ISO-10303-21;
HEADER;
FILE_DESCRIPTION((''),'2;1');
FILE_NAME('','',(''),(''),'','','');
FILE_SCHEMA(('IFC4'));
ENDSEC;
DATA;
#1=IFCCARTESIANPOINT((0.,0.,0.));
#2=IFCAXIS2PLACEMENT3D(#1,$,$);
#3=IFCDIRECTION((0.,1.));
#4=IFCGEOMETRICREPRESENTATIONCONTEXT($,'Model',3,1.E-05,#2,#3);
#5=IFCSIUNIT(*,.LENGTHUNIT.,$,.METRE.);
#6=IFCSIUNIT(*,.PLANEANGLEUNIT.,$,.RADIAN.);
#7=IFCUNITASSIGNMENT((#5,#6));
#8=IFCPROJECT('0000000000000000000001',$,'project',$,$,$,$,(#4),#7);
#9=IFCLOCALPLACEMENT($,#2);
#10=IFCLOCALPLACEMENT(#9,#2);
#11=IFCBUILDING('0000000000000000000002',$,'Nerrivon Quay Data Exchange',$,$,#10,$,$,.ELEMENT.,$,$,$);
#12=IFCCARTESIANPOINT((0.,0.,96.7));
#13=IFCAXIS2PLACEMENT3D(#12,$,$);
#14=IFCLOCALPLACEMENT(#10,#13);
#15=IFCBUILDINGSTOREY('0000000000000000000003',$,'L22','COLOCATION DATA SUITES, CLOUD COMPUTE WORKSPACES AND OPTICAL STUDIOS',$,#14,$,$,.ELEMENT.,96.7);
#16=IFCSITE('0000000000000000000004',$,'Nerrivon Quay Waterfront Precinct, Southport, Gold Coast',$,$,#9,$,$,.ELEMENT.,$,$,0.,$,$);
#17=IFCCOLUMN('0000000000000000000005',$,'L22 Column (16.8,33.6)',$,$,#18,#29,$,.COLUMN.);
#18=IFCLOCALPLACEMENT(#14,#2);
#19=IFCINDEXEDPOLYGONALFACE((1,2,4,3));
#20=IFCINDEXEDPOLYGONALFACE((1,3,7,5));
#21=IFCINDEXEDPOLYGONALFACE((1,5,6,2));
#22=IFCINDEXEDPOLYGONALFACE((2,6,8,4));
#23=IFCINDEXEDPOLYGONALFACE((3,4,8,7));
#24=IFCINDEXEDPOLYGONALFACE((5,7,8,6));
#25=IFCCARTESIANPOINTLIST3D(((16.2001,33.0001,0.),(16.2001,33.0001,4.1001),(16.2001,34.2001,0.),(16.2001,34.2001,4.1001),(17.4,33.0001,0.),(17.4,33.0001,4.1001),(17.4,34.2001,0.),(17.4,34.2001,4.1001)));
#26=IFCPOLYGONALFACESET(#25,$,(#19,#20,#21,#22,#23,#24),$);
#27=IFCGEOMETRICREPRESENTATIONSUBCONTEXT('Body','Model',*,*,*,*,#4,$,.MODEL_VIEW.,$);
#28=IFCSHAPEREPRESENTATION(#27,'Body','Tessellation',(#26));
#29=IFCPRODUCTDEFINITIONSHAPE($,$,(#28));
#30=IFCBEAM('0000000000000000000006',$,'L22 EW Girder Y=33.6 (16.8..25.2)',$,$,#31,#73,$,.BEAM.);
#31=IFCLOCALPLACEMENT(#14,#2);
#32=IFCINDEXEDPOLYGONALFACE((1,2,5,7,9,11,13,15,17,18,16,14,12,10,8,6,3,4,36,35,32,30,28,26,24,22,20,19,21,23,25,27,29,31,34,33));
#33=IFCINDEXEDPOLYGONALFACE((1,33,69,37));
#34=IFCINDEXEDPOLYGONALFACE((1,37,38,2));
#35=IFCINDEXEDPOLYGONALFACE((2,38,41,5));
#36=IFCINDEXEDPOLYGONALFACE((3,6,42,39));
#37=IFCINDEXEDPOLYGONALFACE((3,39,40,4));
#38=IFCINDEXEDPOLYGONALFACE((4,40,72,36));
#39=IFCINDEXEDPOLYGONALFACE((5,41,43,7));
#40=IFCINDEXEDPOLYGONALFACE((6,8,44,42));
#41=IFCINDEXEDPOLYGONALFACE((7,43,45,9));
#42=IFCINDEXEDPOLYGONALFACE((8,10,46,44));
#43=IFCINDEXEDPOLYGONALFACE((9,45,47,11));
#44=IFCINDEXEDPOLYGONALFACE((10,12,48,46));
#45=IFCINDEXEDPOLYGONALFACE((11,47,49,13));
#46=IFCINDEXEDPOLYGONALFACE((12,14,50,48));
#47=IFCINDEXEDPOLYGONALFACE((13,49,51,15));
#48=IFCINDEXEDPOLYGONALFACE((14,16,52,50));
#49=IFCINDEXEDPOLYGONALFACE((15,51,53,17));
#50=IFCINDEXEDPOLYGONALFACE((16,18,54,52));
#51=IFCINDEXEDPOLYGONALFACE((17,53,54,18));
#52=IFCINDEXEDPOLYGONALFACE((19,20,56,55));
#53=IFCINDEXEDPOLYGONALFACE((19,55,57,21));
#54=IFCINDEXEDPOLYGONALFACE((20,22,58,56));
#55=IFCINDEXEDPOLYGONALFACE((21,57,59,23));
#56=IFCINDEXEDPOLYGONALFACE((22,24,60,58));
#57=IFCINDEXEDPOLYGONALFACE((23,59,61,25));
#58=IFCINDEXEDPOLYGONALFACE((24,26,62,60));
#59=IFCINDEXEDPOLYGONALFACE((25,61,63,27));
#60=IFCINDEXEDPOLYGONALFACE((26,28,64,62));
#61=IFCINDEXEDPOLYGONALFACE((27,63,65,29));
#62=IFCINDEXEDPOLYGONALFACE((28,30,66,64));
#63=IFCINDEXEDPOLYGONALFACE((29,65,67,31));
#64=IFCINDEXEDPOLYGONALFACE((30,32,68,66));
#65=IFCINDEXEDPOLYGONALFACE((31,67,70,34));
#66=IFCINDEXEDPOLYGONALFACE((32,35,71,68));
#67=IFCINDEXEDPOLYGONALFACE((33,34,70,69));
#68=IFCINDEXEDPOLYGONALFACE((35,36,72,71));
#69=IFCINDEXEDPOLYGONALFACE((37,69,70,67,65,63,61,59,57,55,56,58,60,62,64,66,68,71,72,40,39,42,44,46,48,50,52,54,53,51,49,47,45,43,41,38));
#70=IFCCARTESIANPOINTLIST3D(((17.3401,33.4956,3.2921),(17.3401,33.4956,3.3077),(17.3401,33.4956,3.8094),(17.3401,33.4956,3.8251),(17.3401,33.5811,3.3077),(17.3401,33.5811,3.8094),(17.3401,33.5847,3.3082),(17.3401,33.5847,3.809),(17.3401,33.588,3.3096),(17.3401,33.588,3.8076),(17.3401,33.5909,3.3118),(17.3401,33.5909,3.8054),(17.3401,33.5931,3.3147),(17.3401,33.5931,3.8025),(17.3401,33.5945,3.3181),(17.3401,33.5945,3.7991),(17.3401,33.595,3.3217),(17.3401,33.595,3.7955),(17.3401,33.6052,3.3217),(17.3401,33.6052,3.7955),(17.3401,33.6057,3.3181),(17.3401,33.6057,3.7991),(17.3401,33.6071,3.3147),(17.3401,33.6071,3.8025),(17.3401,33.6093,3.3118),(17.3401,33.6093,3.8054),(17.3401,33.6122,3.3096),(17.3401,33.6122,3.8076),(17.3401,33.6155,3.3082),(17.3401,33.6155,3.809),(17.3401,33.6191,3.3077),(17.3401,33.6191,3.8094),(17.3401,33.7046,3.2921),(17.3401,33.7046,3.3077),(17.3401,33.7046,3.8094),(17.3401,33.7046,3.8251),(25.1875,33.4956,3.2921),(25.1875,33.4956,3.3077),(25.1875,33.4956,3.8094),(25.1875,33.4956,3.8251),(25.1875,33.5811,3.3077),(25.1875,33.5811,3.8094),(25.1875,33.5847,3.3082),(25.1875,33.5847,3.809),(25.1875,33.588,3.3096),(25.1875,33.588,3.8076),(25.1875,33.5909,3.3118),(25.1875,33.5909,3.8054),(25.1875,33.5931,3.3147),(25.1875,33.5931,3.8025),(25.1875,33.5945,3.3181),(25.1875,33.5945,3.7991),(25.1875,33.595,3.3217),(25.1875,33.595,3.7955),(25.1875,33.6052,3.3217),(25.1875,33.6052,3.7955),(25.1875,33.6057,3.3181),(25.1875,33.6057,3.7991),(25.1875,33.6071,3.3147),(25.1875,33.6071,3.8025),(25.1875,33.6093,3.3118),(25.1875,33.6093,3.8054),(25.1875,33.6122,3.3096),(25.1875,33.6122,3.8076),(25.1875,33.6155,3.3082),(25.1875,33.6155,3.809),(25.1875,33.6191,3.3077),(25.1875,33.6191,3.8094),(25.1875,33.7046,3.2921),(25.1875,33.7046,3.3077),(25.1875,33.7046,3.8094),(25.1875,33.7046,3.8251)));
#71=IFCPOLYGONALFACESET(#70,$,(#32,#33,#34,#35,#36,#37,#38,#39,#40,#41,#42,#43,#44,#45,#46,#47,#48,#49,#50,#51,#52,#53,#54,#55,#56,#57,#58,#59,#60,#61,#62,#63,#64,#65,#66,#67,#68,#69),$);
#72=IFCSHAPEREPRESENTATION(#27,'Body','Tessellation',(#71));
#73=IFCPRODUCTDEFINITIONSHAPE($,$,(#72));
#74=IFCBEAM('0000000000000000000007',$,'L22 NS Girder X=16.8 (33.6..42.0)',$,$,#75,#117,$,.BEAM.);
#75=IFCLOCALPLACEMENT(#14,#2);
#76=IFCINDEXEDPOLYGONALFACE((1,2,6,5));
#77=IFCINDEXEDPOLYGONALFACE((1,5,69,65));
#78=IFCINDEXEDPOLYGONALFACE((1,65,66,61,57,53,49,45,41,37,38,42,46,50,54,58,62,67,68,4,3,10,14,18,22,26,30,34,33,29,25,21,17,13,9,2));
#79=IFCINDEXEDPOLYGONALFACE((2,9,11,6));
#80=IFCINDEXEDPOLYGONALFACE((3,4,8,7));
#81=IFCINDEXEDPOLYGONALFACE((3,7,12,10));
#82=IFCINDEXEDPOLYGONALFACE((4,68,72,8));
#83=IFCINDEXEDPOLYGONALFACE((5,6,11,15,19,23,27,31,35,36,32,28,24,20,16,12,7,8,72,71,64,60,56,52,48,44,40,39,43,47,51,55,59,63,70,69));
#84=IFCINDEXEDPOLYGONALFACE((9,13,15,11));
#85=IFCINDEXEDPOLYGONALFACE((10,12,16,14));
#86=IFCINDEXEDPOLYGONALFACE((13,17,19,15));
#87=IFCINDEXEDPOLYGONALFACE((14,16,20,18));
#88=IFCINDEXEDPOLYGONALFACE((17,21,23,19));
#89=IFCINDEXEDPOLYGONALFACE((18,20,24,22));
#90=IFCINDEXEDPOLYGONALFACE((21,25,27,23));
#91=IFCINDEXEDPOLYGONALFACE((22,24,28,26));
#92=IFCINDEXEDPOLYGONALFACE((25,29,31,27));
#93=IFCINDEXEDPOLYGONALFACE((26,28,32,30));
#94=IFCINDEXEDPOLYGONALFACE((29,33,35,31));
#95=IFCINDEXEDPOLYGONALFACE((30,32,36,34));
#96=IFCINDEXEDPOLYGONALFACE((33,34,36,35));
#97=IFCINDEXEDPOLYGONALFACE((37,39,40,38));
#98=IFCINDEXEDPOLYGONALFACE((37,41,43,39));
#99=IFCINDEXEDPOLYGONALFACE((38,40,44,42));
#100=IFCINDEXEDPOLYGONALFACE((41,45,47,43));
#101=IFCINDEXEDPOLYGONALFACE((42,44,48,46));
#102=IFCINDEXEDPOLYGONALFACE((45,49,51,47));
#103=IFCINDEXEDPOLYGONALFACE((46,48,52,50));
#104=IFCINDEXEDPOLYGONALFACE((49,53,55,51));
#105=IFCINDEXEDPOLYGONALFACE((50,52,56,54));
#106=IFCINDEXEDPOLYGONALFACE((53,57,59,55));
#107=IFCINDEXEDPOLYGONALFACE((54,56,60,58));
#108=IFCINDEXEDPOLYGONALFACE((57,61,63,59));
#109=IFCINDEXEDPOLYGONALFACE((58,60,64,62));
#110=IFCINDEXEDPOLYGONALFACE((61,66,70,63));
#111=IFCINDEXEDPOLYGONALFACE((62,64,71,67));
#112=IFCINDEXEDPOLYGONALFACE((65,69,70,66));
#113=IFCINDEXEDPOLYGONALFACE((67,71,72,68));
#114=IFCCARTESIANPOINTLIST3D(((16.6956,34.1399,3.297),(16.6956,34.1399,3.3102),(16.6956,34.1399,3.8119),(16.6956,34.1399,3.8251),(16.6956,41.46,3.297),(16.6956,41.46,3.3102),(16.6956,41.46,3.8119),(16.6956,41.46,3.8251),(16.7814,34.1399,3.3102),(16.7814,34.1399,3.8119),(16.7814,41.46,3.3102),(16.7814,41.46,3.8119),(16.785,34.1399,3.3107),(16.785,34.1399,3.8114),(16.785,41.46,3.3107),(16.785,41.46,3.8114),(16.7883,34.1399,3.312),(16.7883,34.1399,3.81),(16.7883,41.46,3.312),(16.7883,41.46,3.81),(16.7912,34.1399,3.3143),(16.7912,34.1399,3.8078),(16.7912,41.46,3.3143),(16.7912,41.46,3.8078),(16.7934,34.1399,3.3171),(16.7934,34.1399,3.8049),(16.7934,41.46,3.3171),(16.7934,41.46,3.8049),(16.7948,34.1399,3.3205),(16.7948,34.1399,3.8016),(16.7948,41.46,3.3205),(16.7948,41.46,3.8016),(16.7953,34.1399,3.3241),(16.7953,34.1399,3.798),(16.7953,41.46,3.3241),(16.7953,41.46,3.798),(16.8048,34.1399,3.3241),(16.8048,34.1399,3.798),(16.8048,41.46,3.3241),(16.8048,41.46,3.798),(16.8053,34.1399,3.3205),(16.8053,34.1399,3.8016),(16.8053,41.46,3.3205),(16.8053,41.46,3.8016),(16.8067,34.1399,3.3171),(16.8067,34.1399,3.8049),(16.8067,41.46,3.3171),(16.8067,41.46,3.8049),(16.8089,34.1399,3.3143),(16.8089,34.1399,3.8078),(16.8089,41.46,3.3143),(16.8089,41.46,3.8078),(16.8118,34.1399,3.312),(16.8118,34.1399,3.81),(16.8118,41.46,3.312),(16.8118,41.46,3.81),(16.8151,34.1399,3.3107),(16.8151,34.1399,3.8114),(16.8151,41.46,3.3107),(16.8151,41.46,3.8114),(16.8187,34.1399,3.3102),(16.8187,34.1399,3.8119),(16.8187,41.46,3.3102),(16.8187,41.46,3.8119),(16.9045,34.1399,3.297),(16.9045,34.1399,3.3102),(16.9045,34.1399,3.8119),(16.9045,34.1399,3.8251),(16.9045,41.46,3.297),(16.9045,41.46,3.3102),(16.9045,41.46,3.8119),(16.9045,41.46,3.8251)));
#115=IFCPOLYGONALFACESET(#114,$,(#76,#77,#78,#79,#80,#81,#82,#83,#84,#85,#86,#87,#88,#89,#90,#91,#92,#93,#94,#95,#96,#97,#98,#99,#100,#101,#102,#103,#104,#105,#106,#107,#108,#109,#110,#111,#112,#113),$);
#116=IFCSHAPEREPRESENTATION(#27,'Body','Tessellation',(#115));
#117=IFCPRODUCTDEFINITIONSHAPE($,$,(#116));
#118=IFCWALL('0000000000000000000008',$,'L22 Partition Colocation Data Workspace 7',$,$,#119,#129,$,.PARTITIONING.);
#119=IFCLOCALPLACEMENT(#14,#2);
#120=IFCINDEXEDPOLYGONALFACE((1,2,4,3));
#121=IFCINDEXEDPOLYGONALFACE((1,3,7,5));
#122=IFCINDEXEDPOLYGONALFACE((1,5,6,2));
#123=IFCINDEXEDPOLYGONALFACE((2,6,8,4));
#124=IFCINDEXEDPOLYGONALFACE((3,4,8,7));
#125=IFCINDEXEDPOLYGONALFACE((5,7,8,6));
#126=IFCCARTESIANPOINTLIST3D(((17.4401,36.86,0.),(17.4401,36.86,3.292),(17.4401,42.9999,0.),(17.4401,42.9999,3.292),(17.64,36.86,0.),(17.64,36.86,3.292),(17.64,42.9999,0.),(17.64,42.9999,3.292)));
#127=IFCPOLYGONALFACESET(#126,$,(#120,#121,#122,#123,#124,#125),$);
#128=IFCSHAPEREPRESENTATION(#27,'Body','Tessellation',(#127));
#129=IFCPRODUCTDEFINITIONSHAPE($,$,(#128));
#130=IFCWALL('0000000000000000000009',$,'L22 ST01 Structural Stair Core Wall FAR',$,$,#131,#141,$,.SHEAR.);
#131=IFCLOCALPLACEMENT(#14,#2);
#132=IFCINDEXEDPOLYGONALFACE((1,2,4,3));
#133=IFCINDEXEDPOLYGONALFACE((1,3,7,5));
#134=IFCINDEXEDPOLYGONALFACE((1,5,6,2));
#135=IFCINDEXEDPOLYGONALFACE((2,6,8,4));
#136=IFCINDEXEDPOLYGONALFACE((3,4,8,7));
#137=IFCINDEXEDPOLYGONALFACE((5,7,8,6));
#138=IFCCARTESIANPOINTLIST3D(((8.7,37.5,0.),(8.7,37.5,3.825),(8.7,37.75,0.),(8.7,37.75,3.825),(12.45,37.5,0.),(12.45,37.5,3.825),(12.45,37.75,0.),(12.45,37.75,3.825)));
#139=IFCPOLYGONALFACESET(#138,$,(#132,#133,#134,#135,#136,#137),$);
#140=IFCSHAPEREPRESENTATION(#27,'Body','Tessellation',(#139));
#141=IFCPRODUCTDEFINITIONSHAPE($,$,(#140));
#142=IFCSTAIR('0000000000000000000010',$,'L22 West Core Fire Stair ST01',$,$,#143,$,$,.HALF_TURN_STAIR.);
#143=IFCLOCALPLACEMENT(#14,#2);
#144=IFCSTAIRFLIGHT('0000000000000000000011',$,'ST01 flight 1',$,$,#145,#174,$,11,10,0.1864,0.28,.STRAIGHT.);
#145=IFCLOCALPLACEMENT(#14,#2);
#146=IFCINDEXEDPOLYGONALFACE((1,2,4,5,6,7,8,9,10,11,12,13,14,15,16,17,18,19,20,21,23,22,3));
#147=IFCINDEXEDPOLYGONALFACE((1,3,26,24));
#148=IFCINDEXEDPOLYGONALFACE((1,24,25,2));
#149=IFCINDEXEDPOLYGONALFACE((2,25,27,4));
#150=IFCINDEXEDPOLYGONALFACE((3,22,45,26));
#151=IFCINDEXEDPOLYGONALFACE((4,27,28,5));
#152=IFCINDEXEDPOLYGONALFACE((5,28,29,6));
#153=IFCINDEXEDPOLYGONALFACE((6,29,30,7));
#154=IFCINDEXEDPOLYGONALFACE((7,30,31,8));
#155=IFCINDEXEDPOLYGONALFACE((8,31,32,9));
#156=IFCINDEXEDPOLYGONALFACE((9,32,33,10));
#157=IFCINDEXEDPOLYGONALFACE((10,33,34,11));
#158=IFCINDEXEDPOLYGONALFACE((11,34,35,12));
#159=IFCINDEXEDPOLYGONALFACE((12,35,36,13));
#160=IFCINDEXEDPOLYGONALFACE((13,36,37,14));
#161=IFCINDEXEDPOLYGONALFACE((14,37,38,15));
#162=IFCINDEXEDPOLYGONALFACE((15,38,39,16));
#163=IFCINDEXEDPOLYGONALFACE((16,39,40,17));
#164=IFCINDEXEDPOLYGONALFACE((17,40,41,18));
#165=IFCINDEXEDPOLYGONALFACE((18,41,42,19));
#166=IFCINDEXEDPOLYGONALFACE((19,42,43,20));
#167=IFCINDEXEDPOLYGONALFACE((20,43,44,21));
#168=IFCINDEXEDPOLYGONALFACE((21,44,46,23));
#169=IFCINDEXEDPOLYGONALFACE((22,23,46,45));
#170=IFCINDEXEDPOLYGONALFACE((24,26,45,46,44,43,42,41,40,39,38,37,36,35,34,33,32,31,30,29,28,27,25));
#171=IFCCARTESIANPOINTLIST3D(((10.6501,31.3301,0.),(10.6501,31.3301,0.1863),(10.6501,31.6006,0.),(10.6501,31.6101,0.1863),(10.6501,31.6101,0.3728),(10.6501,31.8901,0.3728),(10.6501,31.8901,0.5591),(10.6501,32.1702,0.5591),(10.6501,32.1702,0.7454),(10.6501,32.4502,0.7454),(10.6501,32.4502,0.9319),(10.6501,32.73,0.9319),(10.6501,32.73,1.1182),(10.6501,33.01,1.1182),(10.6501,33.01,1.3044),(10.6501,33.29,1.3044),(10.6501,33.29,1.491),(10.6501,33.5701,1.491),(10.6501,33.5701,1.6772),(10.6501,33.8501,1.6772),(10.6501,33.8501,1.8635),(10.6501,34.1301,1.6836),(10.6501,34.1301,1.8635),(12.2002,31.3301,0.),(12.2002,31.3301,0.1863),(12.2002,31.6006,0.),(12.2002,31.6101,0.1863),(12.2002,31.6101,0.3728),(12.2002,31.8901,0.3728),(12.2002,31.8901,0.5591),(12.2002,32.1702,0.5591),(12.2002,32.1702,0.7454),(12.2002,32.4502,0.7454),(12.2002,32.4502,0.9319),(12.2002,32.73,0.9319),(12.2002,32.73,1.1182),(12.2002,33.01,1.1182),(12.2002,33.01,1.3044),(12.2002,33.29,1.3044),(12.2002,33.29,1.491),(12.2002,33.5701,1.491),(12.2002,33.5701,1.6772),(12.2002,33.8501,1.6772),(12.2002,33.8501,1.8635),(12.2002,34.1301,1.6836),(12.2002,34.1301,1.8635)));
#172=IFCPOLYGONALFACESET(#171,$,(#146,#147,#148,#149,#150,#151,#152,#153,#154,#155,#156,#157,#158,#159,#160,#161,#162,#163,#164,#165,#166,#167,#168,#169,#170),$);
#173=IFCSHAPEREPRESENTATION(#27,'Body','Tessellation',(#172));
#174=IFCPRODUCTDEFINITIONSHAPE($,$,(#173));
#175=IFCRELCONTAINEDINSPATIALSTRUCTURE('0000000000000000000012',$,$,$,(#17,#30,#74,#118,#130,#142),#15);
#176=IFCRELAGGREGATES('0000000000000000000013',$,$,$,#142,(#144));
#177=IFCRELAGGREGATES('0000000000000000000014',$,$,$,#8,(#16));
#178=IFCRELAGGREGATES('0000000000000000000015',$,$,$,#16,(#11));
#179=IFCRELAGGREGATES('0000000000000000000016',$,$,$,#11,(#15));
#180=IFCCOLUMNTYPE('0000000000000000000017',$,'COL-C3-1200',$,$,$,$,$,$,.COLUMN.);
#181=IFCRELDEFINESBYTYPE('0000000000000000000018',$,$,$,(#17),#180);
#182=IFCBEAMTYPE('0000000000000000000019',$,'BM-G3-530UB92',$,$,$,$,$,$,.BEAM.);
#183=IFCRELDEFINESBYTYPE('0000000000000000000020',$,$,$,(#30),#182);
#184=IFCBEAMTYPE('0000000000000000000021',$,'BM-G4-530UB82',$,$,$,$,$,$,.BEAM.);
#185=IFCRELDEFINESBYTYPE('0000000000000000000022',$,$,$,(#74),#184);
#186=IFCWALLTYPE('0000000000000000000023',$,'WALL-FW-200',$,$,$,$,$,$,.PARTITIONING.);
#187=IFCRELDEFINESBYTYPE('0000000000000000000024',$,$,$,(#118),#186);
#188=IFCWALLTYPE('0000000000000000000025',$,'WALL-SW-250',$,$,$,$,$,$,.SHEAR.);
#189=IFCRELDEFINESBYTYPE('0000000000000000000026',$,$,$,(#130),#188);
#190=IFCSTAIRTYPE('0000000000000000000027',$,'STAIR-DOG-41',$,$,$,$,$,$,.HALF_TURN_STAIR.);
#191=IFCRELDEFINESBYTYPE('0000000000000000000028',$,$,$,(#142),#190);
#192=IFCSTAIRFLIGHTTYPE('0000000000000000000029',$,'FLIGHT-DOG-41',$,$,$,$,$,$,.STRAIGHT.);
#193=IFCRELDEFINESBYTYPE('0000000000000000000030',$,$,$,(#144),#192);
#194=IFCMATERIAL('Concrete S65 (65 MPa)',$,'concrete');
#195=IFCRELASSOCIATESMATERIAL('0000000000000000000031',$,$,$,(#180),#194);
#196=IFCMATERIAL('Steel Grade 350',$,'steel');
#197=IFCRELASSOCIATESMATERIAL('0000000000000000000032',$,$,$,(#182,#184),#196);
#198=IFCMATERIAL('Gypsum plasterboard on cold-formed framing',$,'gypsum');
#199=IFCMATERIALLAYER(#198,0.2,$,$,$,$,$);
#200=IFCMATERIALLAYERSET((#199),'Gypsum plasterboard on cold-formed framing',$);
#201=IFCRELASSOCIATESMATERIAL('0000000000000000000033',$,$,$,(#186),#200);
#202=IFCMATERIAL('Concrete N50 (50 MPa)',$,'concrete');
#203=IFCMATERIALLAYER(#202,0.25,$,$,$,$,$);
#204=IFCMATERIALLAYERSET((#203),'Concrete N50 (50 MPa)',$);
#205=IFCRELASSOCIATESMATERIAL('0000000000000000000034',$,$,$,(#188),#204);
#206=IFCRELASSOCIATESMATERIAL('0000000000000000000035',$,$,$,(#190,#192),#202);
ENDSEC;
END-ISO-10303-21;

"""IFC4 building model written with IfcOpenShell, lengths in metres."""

from ifc_helpers import new_model, si_unit, direction, frame, frame_2d, origin, origin_2d, place, context, subcontext, project, spatial, polyline, rectangle, i_section, outline, extrude, material, layer, layer_set, material_profile, profile_set, type_object, element, aggregate, save


model = new_model("IFC4")

# Units and contexts
model_context = context("Model", 3, precision=1e-05, world=origin(), true_north=direction((0.0, 1.0)))
body_context = subcontext(model_context, "Body", "Model", "MODEL_VIEW")
ifc_project = project(units=[si_unit("LENGTHUNIT", "METRE"), si_unit("PLANEANGLEUNIT", "RADIAN")], contexts=[model_context])

# Site, building, storey
site_placement = place(None, origin())
site = spatial("IfcSite", under=ifc_project, at=site_placement, Name="Nerrivon Quay Waterfront Precinct, Southport, Gold Coast", CompositionType="ELEMENT", RefElevation=0.0)
building_placement = place(site_placement, origin())
building = spatial("IfcBuilding", under=site, at=building_placement, Name="Nerrivon Quay Data Exchange", CompositionType="ELEMENT")
storey_placement = place(building_placement, frame((0.0, 0.0, 96.7)))
storey = spatial("IfcBuildingStorey", under=building, at=storey_placement, Name="L22", Description="COLOCATION DATA SUITES, CLOUD COMPUTE WORKSPACES AND OPTICAL STUDIOS", CompositionType="ELEMENT", Elevation=96.7)

# Column
ifc_material_1 = material(Name="Concrete S65 (65 MPa)", Category="concrete")
ifc_material_profile_1 = material_profile(ifc_material_1, rectangle(XDim=1.2, YDim=1.2, at=origin_2d()), Name="RC-COL-1200x1200")
ifc_profile_set_1 = profile_set([ifc_material_profile_1], Name="Concrete S65 (65 MPa)")
column_type = type_object("IfcColumnType", Name="COL-C3-1200", PredefinedType="COLUMN", material=ifc_profile_set_1)
column_placement = place(storey_placement, frame((16.8, 33.6001, 0.0), z_axis=(0.0, 0.0, 1.0), x_axis=(1.0, 0.0, 0.0)))
element("IfcColumn", 1, at=column_placement, inside=storey, type_object=column_type, Name="L22 Column (16.8,33.6)", PredefinedType="COLUMN", context=body_context, shape_type="SweptSolid", body=[
    extrude(rectangle(XDim=1.2, YDim=1.2, at=origin_2d()), origin(), (0.0, 0.0, 1.0), 4.1001),
])

# Beams
ifc_material_2 = material(Name="Steel Grade 350", Category="steel")
ifc_material_profile_2 = material_profile(ifc_material_2, i_section(OverallWidth=0.209, OverallDepth=0.533, WebThickness=0.0103, FlangeThickness=0.0156, FilletRadius=0.0139, at=origin_2d()), Name="530UB92.4")
ifc_profile_set_2 = profile_set([ifc_material_profile_2], Name="Steel Grade 350")
beam_type_1 = type_object("IfcBeamType", Name="BM-G3-530UB92", PredefinedType="BEAM", material=ifc_profile_set_2)
beam_1_placement = place(storey_placement, frame((17.3401, 33.6001, 3.5586), z_axis=(1.0, 0.0, 0.0), x_axis=(0.0, 1.0, 0.0)))
element("IfcBeam", 2, at=beam_1_placement, inside=storey, type_object=beam_type_1, Name="L22 EW Girder Y=33.6 (16.8..25.2)", PredefinedType="BEAM", context=body_context, shape_type="SweptSolid", body=[
    extrude(i_section(OverallWidth=0.209, OverallDepth=0.533, WebThickness=0.0103, FlangeThickness=0.0156, FilletRadius=0.0139, at=origin_2d()), origin(), (0.0, 0.0, 1.0), 7.8474),
])
ifc_material_profile_3 = material_profile(ifc_material_2, i_section(OverallWidth=0.209, OverallDepth=0.5281, WebThickness=0.0095, FlangeThickness=0.0132, FilletRadius=0.0139, at=origin_2d()), Name="530UB82.0")
ifc_profile_set_3 = profile_set([ifc_material_profile_3], Name="Steel Grade 350")
beam_type_2 = type_object("IfcBeamType", Name="BM-G4-530UB82", PredefinedType="BEAM", material=ifc_profile_set_3)
beam_2_placement = place(storey_placement, frame((16.8, 34.1399, 3.561), z_axis=(0.0, 1.0, 0.0), x_axis=(-1.0, 0.0, 0.0)))
element("IfcBeam", 3, at=beam_2_placement, inside=storey, type_object=beam_type_2, Name="L22 NS Girder X=16.8 (33.6..42.0)", PredefinedType="BEAM", context=body_context, shape_type="SweptSolid", body=[
    extrude(i_section(OverallWidth=0.209, OverallDepth=0.5281, WebThickness=0.0095, FlangeThickness=0.0132, FilletRadius=0.0139, at=origin_2d()), origin(), (0.0, 0.0, 1.0), 7.3201),
])

# Walls
ifc_material_3 = material(Name="Gypsum plasterboard on cold-formed framing", Category="gypsum")
ifc_layer_1 = layer(ifc_material_3, 0.2)
ifc_layer_set_1 = layer_set([ifc_layer_1], Name="Gypsum plasterboard on cold-formed framing")
wall_type_1 = type_object("IfcWallType", Name="WALL-FW-200", PredefinedType="PARTITIONING", material=ifc_layer_set_1)
wall_1_placement = place(storey_placement, frame((17.54, 36.8601, 0.0), z_axis=(0.0, 0.0, 1.0), x_axis=(0.0, 1.0, 0.0)))
element("IfcWall", 4, at=wall_1_placement, inside=storey, type_object=wall_type_1, Name="L22 Partition Colocation Data Workspace 7", PredefinedType="PARTITIONING", context=body_context, shape_type="SweptSolid", body=[
    extrude(rectangle(XDim=6.1399, YDim=0.2, at=frame_2d((3.0698, 0.0))), origin(), (0.0, 0.0, 1.0), 3.292),
])
ifc_material_4 = material(Name="Concrete N50 (50 MPa)", Category="concrete")
ifc_layer_2 = layer(ifc_material_4, 0.25)
ifc_layer_set_2 = layer_set([ifc_layer_2], Name="Concrete N50 (50 MPa)")
wall_type_2 = type_object("IfcWallType", Name="WALL-SW-250", PredefinedType="SHEAR", material=ifc_layer_set_2)
wall_2_placement = place(storey_placement, frame((12.45, 37.625, 0.0), z_axis=(0.0, 0.0, 1.0), x_axis=(-1.0, 0.0, 0.0)))
element("IfcWall", 5, at=wall_2_placement, inside=storey, type_object=wall_type_2, Name="L22 ST01 Structural Stair Core Wall FAR", PredefinedType="SHEAR", context=body_context, shape_type="SweptSolid", body=[
    extrude(rectangle(XDim=3.75, YDim=0.25, at=frame_2d((1.875, 0.0))), origin(), (0.0, 0.0, 1.0), 3.825),
])

# Stair, stair flight
stair_type = type_object("IfcStairType", Name="STAIR-DOG-41", PredefinedType="HALF_TURN_STAIR", material=ifc_material_4)
stair_placement = place(storey_placement, origin())
stair = element("IfcStair", 6, at=stair_placement, inside=storey, type_object=stair_type, Name="L22 West Core Fire Stair ST01", PredefinedType="HALF_TURN_STAIR")
stair_flight_type = type_object("IfcStairFlightType", Name="FLIGHT-DOG-41", PredefinedType="STRAIGHT", material=ifc_material_4)
stair_flight_1_placement = place(storey_placement, frame((11.425, 31.3301, 0.0), z_axis=(0.0, 0.0, 1.0), x_axis=(0.0, 1.0, 0.0)))
stair_flight_1 = element("IfcStairFlight", 7, at=stair_flight_1_placement, type_object=stair_flight_type, Name="ST01 flight 1", NumberOfRisers=11, NumberOfTreads=10, PredefinedType="STRAIGHT", RiserHeight=0.1864, TreadLength=0.28, context=body_context, shape_type="SweptSolid", body=[
    extrude(outline(polyline([(0.0, 0.0), (0.0, 0.1863), (0.28, 0.1863), (0.28, 0.3728), (0.5601, 0.3728), (0.5601, 0.5591), (0.8401, 0.5591), (0.8401, 0.7454), (1.1201, 0.7454), (1.1201, 0.9319), (1.3999, 0.9319), (1.3999, 1.1182), (1.6799, 1.1182), (1.6799, 1.3044), (1.96, 1.3044), (1.96, 1.491), (2.24, 1.491), (2.24, 1.6772), (2.52, 1.6772), (2.52, 1.8635), (2.8, 1.8635), (2.8, 2.05), (2.8, 1.6836), (0.2705, 0.0), (0.0, 0.0)])), frame((0.0, 0.7749, 0.0), z_axis=(0.0, -1.0, 0.0), x_axis=(1.0, 0.0, 0.0)), (0.0, 0.0, 1.0), 1.55),
])
aggregate(stair, [stair_flight_1])

save(model, "model.ifc")
